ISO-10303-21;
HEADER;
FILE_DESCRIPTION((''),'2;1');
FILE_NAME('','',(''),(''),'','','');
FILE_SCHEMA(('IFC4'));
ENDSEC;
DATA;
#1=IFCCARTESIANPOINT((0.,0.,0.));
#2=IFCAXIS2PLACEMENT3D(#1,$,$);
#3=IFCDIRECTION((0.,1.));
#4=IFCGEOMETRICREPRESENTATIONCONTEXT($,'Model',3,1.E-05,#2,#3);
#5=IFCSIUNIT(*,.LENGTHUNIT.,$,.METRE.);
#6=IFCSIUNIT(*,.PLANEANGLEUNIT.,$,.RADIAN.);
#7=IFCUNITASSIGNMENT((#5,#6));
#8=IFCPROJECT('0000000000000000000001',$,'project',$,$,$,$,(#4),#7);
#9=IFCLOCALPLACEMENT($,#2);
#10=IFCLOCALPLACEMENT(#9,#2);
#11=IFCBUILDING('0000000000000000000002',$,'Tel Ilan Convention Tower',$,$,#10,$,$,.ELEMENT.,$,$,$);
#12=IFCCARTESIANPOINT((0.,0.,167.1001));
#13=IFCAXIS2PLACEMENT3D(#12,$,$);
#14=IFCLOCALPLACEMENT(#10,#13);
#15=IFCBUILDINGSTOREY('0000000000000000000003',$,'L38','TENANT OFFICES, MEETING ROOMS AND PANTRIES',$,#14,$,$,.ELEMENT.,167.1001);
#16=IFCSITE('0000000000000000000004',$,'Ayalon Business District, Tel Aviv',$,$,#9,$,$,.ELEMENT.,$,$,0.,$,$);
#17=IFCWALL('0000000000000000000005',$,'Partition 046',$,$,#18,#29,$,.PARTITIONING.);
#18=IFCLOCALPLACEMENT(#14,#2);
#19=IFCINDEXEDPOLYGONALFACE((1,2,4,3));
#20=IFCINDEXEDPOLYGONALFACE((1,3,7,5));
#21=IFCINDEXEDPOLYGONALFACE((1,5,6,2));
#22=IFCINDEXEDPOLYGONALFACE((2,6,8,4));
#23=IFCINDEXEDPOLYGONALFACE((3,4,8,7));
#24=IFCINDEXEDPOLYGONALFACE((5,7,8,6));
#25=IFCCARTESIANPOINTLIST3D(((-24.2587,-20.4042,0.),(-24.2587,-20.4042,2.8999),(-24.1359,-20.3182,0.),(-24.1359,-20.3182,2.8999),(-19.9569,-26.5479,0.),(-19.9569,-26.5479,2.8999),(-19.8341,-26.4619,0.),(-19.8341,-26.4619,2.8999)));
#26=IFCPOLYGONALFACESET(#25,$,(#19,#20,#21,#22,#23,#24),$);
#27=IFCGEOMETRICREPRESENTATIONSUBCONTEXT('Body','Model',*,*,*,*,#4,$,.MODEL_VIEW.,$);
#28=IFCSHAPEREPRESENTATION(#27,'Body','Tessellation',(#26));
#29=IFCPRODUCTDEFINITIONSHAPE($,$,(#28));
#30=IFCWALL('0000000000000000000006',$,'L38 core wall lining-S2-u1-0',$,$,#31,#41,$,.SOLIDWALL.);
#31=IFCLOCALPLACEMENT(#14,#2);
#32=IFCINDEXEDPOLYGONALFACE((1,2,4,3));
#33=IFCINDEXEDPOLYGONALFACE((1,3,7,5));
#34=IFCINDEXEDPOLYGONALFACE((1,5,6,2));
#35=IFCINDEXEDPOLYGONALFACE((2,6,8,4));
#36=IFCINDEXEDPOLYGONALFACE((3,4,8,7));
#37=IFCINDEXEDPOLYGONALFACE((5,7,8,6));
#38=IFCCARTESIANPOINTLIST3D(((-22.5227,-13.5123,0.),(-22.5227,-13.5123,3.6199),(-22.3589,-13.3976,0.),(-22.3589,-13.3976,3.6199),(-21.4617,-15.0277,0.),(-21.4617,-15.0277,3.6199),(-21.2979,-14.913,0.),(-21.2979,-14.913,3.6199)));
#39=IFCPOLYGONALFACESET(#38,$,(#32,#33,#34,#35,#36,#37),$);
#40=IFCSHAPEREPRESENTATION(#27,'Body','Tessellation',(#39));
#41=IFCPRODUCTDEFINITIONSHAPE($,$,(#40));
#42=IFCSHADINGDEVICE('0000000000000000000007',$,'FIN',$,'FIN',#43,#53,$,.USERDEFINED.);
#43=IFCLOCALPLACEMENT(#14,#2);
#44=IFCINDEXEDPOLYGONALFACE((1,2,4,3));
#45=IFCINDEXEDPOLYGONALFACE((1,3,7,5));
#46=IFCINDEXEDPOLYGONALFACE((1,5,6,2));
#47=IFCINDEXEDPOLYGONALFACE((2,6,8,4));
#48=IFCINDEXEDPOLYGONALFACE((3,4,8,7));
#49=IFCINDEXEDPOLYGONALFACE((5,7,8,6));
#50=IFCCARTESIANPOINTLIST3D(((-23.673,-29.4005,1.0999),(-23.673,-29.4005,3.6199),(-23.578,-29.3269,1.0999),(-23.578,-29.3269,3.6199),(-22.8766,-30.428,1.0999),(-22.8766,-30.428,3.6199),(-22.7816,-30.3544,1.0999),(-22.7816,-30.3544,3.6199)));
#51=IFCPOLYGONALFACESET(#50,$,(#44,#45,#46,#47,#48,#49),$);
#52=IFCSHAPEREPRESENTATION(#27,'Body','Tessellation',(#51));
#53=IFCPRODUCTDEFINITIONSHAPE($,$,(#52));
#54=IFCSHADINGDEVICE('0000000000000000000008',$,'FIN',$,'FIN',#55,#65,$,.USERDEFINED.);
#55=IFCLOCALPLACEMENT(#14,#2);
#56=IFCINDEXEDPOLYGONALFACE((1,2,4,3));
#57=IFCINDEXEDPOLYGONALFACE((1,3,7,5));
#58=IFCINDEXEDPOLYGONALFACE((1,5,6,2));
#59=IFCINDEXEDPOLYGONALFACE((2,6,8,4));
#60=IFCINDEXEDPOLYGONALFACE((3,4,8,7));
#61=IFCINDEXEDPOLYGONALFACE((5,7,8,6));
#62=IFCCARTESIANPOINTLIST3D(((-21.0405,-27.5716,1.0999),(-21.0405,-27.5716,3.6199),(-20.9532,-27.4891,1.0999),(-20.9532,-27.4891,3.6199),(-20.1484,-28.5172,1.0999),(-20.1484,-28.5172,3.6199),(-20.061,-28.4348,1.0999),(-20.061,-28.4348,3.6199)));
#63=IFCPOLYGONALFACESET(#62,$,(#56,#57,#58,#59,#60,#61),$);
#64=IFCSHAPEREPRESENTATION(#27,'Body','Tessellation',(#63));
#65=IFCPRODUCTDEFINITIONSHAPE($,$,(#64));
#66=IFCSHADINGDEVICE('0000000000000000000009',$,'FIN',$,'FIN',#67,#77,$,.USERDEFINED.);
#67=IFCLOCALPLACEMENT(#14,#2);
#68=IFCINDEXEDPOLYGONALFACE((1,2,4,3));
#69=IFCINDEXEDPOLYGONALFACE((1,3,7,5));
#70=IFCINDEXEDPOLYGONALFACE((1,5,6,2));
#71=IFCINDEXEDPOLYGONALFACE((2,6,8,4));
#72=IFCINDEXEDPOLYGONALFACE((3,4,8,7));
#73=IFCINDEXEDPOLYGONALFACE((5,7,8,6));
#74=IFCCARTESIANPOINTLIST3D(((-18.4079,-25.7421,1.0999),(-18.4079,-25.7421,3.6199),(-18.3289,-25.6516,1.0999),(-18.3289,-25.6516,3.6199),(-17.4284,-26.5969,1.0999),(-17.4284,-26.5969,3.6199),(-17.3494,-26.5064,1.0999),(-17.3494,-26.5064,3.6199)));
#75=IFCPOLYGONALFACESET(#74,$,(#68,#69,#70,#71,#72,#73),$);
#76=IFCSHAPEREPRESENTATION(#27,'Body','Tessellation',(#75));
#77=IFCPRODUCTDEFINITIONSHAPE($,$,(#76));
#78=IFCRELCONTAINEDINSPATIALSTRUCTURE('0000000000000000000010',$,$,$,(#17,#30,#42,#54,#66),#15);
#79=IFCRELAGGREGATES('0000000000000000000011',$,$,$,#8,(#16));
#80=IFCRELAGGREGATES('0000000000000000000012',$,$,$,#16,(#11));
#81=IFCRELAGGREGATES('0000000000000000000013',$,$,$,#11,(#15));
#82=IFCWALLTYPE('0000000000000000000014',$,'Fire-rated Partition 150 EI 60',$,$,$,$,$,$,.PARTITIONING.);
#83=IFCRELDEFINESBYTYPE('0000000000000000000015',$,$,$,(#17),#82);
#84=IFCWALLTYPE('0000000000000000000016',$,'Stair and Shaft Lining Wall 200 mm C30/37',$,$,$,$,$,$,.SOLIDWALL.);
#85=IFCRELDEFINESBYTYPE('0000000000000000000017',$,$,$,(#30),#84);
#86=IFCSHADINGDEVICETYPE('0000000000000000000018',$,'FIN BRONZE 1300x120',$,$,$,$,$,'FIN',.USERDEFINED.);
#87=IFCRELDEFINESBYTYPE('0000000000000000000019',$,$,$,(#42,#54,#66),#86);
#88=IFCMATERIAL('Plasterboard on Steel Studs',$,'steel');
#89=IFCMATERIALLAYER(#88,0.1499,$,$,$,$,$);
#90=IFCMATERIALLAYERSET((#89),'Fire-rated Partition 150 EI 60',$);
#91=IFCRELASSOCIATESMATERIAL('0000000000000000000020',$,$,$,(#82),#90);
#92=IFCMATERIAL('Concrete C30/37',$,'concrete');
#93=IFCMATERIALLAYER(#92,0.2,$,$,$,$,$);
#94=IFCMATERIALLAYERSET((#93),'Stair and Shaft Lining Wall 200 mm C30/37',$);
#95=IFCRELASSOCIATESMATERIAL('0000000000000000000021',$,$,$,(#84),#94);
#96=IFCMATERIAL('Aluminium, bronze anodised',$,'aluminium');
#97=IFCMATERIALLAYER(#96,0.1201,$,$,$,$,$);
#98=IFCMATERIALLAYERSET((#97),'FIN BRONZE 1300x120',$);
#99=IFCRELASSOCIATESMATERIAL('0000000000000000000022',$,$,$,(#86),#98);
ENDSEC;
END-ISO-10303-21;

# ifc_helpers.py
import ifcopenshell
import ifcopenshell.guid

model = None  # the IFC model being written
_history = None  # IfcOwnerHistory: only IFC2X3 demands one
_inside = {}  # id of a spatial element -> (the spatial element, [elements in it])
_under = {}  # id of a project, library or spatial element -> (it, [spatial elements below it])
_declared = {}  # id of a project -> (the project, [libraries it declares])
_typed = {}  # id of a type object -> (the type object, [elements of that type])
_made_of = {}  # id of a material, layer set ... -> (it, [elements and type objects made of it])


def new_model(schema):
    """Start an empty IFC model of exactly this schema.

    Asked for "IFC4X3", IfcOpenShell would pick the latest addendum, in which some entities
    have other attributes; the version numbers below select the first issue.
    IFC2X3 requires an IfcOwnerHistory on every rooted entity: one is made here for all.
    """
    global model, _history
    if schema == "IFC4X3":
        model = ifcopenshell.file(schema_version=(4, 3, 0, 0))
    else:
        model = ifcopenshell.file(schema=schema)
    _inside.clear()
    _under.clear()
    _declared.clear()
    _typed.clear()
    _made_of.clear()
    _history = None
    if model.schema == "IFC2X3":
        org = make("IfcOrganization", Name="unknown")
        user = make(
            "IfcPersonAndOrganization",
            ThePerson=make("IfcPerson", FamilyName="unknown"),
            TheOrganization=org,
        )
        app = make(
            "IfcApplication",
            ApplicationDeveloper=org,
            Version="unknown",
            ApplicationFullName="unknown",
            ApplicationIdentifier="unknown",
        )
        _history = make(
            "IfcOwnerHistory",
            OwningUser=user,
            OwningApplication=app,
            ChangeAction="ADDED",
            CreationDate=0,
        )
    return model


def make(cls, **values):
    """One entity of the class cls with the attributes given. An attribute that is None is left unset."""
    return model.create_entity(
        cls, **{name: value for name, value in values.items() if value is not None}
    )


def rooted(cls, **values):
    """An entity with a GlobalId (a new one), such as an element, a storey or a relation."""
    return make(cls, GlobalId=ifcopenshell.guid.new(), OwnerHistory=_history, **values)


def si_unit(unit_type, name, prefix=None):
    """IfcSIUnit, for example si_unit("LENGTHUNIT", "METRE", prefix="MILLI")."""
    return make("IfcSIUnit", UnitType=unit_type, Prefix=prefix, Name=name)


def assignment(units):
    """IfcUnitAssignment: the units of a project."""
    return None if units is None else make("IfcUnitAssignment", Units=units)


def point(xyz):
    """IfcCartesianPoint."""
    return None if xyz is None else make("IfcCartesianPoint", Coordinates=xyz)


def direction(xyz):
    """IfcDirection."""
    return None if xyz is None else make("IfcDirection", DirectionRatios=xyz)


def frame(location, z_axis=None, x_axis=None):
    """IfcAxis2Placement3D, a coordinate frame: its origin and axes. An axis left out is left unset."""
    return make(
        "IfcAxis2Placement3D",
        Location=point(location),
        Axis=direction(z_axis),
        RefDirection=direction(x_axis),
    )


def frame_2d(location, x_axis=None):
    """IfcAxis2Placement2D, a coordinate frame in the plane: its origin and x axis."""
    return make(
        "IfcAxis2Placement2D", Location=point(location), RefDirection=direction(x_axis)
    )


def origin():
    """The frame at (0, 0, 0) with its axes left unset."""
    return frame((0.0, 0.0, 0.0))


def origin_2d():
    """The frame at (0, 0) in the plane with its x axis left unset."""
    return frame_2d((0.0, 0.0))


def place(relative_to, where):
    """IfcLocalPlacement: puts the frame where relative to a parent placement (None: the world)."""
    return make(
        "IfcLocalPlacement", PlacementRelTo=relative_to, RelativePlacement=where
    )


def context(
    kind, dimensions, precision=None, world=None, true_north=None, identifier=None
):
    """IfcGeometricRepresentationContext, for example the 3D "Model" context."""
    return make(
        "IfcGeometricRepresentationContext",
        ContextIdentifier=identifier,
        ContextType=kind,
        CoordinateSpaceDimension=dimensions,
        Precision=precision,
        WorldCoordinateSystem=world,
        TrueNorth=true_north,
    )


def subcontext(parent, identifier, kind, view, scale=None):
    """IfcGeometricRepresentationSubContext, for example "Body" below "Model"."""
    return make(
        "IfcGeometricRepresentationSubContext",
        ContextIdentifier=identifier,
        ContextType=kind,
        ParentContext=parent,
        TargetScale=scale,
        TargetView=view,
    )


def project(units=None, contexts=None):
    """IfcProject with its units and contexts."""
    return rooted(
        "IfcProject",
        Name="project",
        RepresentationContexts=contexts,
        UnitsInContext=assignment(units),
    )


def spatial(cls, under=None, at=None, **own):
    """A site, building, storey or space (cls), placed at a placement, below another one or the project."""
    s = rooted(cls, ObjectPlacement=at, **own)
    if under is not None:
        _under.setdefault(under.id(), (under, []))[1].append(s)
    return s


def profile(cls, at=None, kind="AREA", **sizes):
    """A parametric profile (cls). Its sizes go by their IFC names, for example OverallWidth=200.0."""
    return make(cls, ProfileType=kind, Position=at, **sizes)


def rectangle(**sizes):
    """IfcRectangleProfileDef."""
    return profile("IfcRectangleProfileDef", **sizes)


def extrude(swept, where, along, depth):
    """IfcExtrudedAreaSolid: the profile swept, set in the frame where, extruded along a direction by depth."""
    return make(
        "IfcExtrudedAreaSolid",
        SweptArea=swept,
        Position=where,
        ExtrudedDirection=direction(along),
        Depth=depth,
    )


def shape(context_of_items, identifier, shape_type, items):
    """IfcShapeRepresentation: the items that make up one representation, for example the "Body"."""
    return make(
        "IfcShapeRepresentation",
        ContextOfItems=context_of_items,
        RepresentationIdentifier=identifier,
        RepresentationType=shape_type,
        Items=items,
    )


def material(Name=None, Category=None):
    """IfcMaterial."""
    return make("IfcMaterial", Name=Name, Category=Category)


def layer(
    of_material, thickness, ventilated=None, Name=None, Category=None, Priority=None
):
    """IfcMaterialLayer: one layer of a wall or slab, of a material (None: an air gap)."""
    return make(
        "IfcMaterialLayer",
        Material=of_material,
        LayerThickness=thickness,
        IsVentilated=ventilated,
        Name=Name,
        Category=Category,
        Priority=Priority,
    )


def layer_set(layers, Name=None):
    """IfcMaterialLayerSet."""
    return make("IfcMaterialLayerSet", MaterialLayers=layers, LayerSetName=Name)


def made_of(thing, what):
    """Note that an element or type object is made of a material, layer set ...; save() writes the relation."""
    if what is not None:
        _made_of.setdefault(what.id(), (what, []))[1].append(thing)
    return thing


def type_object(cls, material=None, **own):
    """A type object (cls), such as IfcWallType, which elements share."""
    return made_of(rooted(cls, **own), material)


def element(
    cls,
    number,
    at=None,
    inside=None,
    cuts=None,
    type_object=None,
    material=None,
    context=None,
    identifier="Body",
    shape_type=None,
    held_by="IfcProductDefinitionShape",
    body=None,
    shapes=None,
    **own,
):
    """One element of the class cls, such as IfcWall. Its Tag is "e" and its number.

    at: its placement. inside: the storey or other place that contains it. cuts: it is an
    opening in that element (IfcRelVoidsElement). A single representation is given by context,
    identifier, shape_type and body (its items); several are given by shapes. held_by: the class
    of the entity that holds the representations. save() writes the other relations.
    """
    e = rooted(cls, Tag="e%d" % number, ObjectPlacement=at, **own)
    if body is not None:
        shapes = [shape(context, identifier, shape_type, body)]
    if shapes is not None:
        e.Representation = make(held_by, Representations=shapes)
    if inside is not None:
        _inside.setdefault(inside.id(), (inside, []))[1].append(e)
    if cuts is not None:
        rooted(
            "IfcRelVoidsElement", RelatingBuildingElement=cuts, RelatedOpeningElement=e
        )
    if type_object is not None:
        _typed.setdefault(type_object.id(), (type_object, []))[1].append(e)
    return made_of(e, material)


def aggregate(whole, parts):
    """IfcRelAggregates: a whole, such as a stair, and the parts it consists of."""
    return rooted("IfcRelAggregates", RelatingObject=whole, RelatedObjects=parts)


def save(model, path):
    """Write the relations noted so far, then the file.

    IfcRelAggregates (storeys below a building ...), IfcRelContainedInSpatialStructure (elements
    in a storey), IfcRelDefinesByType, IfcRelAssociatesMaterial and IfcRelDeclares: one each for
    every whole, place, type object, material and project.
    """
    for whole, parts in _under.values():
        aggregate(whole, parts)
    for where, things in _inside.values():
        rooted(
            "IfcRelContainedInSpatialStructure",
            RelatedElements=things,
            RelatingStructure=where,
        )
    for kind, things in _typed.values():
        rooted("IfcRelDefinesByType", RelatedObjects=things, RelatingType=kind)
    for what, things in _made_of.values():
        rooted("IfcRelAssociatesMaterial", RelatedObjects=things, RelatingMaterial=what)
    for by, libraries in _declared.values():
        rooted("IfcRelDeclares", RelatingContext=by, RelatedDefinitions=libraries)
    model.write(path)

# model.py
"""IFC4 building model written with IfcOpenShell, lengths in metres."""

from ifc_helpers import new_model, si_unit, direction, frame, frame_2d, origin, origin_2d, place, context, subcontext, project, spatial, rectangle, extrude, material, layer, layer_set, type_object, element, save


model = new_model("IFC4")

# Units and contexts
model_context = context("Model", 3, precision=1e-05, world=origin(), true_north=direction((0.0, 1.0)))
body_context = subcontext(model_context, "Body", "Model", "MODEL_VIEW")
ifc_project = project(units=[si_unit("LENGTHUNIT", "METRE"), si_unit("PLANEANGLEUNIT", "RADIAN")], contexts=[model_context])

# Site, building, storey
site_placement = place(None, origin())
site = spatial("IfcSite", under=ifc_project, at=site_placement, Name="Ayalon Business District, Tel Aviv", CompositionType="ELEMENT", RefElevation=0.0)
building_placement = place(site_placement, origin())
building = spatial("IfcBuilding", under=site, at=building_placement, Name="Tel Ilan Convention Tower", CompositionType="ELEMENT")
storey_placement = place(building_placement, frame((0.0, 0.0, 167.1001)))
storey = spatial("IfcBuildingStorey", under=building, at=storey_placement, Name="L38", Description="TENANT OFFICES, MEETING ROOMS AND PANTRIES", CompositionType="ELEMENT", Elevation=167.1001)

# Shared definitions
ifc_material_1 = material(Name="Plasterboard on Steel Studs", Category="steel")
ifc_layer_1 = layer(ifc_material_1, 0.1499)
ifc_layer_set_1 = layer_set([ifc_layer_1], Name="Fire-rated Partition 150 EI 60")
wall_type_1 = type_object("IfcWallType", Name="Fire-rated Partition 150 EI 60", PredefinedType="PARTITIONING", material=ifc_layer_set_1)

# Walls
wall_1_placement = place(storey_placement, frame((-19.8955, -26.5049, 0.0), z_axis=(0.0, 0.0, 1.0), x_axis=(-0.573576, 0.819152, 0.0)))
element("IfcWall", 1, at=wall_1_placement, inside=storey, type_object=wall_type_1, Name="Partition 046", PredefinedType="PARTITIONING", context=body_context, shape_type="SweptSolid", body=[
    extrude(rectangle(XDim=7.5, YDim=0.1499, at=frame_2d((3.75, 0.0))), origin(), (0.0, 0.0, 1.0), 2.8999),
])
ifc_material_2 = material(Name="Concrete C30/37", Category="concrete")
ifc_layer_2 = layer(ifc_material_2, 0.2)
ifc_layer_set_2 = layer_set([ifc_layer_2], Name="Stair and Shaft Lining Wall 200 mm C30/37")
wall_type_2 = type_object("IfcWallType", Name="Stair and Shaft Lining Wall 200 mm C30/37", PredefinedType="SOLIDWALL", material=ifc_layer_set_2)
wall_2_placement = place(storey_placement, frame((-21.3799, -14.9702, 0.0), z_axis=(0.0, 0.0, 1.0), x_axis=(-0.57356, 0.819164, 0.0)))
element("IfcWall", 2, at=wall_2_placement, inside=storey, type_object=wall_type_2, Name="L38 core wall lining-S2-u1-0", PredefinedType="SOLIDWALL", context=body_context, shape_type="SweptSolid", body=[
    extrude(rectangle(XDim=1.8499, YDim=0.2, at=frame_2d((0.9248, 0.0))), origin(), (0.0, 0.0, 1.0), 3.6199),
])

# Shading devices
ifc_material_3 = material(Name="Aluminium, bronze anodised", Category="aluminium")
ifc_layer_3 = layer(ifc_material_3, 0.1201)
ifc_layer_set_3 = layer_set([ifc_layer_3], Name="FIN BRONZE 1300x120")
shading_device_type = type_object("IfcShadingDeviceType", Name="FIN BRONZE 1300x120", ElementType="FIN", PredefinedType="USERDEFINED", material=ifc_layer_set_3)
for number, where, z_axis, x_axis, name in (
    (3, (-23.2273, -29.8774, 1.0999), (0.0, 0.0, 1.0), (0.612601, -0.790393, 0.0), "FIN"),
    (4, (-20.5508, -28.0032, 1.0999), (0.0, 0.0, 1.0), (0.686242, -0.727374, 0.0), "FIN"),
    (5, (-17.8787, -26.1243, 1.0999), (0.0, 0.0, 1.0), (0.753436, -0.657521, 0.0), "FIN"),
):
    element("IfcShadingDevice", number, at=place(storey_placement, frame(where, z_axis=z_axis, x_axis=x_axis)), inside=storey, type_object=shading_device_type, Name=name, ObjectType="FIN", PredefinedType="USERDEFINED", context=body_context, shape_type="SweptSolid", body=[
        extrude(rectangle(XDim=1.3, YDim=0.1201, at=origin_2d()), origin(), (0.0, 0.0, 1.0), 2.52),
    ])

save(model, "model.ifc")
